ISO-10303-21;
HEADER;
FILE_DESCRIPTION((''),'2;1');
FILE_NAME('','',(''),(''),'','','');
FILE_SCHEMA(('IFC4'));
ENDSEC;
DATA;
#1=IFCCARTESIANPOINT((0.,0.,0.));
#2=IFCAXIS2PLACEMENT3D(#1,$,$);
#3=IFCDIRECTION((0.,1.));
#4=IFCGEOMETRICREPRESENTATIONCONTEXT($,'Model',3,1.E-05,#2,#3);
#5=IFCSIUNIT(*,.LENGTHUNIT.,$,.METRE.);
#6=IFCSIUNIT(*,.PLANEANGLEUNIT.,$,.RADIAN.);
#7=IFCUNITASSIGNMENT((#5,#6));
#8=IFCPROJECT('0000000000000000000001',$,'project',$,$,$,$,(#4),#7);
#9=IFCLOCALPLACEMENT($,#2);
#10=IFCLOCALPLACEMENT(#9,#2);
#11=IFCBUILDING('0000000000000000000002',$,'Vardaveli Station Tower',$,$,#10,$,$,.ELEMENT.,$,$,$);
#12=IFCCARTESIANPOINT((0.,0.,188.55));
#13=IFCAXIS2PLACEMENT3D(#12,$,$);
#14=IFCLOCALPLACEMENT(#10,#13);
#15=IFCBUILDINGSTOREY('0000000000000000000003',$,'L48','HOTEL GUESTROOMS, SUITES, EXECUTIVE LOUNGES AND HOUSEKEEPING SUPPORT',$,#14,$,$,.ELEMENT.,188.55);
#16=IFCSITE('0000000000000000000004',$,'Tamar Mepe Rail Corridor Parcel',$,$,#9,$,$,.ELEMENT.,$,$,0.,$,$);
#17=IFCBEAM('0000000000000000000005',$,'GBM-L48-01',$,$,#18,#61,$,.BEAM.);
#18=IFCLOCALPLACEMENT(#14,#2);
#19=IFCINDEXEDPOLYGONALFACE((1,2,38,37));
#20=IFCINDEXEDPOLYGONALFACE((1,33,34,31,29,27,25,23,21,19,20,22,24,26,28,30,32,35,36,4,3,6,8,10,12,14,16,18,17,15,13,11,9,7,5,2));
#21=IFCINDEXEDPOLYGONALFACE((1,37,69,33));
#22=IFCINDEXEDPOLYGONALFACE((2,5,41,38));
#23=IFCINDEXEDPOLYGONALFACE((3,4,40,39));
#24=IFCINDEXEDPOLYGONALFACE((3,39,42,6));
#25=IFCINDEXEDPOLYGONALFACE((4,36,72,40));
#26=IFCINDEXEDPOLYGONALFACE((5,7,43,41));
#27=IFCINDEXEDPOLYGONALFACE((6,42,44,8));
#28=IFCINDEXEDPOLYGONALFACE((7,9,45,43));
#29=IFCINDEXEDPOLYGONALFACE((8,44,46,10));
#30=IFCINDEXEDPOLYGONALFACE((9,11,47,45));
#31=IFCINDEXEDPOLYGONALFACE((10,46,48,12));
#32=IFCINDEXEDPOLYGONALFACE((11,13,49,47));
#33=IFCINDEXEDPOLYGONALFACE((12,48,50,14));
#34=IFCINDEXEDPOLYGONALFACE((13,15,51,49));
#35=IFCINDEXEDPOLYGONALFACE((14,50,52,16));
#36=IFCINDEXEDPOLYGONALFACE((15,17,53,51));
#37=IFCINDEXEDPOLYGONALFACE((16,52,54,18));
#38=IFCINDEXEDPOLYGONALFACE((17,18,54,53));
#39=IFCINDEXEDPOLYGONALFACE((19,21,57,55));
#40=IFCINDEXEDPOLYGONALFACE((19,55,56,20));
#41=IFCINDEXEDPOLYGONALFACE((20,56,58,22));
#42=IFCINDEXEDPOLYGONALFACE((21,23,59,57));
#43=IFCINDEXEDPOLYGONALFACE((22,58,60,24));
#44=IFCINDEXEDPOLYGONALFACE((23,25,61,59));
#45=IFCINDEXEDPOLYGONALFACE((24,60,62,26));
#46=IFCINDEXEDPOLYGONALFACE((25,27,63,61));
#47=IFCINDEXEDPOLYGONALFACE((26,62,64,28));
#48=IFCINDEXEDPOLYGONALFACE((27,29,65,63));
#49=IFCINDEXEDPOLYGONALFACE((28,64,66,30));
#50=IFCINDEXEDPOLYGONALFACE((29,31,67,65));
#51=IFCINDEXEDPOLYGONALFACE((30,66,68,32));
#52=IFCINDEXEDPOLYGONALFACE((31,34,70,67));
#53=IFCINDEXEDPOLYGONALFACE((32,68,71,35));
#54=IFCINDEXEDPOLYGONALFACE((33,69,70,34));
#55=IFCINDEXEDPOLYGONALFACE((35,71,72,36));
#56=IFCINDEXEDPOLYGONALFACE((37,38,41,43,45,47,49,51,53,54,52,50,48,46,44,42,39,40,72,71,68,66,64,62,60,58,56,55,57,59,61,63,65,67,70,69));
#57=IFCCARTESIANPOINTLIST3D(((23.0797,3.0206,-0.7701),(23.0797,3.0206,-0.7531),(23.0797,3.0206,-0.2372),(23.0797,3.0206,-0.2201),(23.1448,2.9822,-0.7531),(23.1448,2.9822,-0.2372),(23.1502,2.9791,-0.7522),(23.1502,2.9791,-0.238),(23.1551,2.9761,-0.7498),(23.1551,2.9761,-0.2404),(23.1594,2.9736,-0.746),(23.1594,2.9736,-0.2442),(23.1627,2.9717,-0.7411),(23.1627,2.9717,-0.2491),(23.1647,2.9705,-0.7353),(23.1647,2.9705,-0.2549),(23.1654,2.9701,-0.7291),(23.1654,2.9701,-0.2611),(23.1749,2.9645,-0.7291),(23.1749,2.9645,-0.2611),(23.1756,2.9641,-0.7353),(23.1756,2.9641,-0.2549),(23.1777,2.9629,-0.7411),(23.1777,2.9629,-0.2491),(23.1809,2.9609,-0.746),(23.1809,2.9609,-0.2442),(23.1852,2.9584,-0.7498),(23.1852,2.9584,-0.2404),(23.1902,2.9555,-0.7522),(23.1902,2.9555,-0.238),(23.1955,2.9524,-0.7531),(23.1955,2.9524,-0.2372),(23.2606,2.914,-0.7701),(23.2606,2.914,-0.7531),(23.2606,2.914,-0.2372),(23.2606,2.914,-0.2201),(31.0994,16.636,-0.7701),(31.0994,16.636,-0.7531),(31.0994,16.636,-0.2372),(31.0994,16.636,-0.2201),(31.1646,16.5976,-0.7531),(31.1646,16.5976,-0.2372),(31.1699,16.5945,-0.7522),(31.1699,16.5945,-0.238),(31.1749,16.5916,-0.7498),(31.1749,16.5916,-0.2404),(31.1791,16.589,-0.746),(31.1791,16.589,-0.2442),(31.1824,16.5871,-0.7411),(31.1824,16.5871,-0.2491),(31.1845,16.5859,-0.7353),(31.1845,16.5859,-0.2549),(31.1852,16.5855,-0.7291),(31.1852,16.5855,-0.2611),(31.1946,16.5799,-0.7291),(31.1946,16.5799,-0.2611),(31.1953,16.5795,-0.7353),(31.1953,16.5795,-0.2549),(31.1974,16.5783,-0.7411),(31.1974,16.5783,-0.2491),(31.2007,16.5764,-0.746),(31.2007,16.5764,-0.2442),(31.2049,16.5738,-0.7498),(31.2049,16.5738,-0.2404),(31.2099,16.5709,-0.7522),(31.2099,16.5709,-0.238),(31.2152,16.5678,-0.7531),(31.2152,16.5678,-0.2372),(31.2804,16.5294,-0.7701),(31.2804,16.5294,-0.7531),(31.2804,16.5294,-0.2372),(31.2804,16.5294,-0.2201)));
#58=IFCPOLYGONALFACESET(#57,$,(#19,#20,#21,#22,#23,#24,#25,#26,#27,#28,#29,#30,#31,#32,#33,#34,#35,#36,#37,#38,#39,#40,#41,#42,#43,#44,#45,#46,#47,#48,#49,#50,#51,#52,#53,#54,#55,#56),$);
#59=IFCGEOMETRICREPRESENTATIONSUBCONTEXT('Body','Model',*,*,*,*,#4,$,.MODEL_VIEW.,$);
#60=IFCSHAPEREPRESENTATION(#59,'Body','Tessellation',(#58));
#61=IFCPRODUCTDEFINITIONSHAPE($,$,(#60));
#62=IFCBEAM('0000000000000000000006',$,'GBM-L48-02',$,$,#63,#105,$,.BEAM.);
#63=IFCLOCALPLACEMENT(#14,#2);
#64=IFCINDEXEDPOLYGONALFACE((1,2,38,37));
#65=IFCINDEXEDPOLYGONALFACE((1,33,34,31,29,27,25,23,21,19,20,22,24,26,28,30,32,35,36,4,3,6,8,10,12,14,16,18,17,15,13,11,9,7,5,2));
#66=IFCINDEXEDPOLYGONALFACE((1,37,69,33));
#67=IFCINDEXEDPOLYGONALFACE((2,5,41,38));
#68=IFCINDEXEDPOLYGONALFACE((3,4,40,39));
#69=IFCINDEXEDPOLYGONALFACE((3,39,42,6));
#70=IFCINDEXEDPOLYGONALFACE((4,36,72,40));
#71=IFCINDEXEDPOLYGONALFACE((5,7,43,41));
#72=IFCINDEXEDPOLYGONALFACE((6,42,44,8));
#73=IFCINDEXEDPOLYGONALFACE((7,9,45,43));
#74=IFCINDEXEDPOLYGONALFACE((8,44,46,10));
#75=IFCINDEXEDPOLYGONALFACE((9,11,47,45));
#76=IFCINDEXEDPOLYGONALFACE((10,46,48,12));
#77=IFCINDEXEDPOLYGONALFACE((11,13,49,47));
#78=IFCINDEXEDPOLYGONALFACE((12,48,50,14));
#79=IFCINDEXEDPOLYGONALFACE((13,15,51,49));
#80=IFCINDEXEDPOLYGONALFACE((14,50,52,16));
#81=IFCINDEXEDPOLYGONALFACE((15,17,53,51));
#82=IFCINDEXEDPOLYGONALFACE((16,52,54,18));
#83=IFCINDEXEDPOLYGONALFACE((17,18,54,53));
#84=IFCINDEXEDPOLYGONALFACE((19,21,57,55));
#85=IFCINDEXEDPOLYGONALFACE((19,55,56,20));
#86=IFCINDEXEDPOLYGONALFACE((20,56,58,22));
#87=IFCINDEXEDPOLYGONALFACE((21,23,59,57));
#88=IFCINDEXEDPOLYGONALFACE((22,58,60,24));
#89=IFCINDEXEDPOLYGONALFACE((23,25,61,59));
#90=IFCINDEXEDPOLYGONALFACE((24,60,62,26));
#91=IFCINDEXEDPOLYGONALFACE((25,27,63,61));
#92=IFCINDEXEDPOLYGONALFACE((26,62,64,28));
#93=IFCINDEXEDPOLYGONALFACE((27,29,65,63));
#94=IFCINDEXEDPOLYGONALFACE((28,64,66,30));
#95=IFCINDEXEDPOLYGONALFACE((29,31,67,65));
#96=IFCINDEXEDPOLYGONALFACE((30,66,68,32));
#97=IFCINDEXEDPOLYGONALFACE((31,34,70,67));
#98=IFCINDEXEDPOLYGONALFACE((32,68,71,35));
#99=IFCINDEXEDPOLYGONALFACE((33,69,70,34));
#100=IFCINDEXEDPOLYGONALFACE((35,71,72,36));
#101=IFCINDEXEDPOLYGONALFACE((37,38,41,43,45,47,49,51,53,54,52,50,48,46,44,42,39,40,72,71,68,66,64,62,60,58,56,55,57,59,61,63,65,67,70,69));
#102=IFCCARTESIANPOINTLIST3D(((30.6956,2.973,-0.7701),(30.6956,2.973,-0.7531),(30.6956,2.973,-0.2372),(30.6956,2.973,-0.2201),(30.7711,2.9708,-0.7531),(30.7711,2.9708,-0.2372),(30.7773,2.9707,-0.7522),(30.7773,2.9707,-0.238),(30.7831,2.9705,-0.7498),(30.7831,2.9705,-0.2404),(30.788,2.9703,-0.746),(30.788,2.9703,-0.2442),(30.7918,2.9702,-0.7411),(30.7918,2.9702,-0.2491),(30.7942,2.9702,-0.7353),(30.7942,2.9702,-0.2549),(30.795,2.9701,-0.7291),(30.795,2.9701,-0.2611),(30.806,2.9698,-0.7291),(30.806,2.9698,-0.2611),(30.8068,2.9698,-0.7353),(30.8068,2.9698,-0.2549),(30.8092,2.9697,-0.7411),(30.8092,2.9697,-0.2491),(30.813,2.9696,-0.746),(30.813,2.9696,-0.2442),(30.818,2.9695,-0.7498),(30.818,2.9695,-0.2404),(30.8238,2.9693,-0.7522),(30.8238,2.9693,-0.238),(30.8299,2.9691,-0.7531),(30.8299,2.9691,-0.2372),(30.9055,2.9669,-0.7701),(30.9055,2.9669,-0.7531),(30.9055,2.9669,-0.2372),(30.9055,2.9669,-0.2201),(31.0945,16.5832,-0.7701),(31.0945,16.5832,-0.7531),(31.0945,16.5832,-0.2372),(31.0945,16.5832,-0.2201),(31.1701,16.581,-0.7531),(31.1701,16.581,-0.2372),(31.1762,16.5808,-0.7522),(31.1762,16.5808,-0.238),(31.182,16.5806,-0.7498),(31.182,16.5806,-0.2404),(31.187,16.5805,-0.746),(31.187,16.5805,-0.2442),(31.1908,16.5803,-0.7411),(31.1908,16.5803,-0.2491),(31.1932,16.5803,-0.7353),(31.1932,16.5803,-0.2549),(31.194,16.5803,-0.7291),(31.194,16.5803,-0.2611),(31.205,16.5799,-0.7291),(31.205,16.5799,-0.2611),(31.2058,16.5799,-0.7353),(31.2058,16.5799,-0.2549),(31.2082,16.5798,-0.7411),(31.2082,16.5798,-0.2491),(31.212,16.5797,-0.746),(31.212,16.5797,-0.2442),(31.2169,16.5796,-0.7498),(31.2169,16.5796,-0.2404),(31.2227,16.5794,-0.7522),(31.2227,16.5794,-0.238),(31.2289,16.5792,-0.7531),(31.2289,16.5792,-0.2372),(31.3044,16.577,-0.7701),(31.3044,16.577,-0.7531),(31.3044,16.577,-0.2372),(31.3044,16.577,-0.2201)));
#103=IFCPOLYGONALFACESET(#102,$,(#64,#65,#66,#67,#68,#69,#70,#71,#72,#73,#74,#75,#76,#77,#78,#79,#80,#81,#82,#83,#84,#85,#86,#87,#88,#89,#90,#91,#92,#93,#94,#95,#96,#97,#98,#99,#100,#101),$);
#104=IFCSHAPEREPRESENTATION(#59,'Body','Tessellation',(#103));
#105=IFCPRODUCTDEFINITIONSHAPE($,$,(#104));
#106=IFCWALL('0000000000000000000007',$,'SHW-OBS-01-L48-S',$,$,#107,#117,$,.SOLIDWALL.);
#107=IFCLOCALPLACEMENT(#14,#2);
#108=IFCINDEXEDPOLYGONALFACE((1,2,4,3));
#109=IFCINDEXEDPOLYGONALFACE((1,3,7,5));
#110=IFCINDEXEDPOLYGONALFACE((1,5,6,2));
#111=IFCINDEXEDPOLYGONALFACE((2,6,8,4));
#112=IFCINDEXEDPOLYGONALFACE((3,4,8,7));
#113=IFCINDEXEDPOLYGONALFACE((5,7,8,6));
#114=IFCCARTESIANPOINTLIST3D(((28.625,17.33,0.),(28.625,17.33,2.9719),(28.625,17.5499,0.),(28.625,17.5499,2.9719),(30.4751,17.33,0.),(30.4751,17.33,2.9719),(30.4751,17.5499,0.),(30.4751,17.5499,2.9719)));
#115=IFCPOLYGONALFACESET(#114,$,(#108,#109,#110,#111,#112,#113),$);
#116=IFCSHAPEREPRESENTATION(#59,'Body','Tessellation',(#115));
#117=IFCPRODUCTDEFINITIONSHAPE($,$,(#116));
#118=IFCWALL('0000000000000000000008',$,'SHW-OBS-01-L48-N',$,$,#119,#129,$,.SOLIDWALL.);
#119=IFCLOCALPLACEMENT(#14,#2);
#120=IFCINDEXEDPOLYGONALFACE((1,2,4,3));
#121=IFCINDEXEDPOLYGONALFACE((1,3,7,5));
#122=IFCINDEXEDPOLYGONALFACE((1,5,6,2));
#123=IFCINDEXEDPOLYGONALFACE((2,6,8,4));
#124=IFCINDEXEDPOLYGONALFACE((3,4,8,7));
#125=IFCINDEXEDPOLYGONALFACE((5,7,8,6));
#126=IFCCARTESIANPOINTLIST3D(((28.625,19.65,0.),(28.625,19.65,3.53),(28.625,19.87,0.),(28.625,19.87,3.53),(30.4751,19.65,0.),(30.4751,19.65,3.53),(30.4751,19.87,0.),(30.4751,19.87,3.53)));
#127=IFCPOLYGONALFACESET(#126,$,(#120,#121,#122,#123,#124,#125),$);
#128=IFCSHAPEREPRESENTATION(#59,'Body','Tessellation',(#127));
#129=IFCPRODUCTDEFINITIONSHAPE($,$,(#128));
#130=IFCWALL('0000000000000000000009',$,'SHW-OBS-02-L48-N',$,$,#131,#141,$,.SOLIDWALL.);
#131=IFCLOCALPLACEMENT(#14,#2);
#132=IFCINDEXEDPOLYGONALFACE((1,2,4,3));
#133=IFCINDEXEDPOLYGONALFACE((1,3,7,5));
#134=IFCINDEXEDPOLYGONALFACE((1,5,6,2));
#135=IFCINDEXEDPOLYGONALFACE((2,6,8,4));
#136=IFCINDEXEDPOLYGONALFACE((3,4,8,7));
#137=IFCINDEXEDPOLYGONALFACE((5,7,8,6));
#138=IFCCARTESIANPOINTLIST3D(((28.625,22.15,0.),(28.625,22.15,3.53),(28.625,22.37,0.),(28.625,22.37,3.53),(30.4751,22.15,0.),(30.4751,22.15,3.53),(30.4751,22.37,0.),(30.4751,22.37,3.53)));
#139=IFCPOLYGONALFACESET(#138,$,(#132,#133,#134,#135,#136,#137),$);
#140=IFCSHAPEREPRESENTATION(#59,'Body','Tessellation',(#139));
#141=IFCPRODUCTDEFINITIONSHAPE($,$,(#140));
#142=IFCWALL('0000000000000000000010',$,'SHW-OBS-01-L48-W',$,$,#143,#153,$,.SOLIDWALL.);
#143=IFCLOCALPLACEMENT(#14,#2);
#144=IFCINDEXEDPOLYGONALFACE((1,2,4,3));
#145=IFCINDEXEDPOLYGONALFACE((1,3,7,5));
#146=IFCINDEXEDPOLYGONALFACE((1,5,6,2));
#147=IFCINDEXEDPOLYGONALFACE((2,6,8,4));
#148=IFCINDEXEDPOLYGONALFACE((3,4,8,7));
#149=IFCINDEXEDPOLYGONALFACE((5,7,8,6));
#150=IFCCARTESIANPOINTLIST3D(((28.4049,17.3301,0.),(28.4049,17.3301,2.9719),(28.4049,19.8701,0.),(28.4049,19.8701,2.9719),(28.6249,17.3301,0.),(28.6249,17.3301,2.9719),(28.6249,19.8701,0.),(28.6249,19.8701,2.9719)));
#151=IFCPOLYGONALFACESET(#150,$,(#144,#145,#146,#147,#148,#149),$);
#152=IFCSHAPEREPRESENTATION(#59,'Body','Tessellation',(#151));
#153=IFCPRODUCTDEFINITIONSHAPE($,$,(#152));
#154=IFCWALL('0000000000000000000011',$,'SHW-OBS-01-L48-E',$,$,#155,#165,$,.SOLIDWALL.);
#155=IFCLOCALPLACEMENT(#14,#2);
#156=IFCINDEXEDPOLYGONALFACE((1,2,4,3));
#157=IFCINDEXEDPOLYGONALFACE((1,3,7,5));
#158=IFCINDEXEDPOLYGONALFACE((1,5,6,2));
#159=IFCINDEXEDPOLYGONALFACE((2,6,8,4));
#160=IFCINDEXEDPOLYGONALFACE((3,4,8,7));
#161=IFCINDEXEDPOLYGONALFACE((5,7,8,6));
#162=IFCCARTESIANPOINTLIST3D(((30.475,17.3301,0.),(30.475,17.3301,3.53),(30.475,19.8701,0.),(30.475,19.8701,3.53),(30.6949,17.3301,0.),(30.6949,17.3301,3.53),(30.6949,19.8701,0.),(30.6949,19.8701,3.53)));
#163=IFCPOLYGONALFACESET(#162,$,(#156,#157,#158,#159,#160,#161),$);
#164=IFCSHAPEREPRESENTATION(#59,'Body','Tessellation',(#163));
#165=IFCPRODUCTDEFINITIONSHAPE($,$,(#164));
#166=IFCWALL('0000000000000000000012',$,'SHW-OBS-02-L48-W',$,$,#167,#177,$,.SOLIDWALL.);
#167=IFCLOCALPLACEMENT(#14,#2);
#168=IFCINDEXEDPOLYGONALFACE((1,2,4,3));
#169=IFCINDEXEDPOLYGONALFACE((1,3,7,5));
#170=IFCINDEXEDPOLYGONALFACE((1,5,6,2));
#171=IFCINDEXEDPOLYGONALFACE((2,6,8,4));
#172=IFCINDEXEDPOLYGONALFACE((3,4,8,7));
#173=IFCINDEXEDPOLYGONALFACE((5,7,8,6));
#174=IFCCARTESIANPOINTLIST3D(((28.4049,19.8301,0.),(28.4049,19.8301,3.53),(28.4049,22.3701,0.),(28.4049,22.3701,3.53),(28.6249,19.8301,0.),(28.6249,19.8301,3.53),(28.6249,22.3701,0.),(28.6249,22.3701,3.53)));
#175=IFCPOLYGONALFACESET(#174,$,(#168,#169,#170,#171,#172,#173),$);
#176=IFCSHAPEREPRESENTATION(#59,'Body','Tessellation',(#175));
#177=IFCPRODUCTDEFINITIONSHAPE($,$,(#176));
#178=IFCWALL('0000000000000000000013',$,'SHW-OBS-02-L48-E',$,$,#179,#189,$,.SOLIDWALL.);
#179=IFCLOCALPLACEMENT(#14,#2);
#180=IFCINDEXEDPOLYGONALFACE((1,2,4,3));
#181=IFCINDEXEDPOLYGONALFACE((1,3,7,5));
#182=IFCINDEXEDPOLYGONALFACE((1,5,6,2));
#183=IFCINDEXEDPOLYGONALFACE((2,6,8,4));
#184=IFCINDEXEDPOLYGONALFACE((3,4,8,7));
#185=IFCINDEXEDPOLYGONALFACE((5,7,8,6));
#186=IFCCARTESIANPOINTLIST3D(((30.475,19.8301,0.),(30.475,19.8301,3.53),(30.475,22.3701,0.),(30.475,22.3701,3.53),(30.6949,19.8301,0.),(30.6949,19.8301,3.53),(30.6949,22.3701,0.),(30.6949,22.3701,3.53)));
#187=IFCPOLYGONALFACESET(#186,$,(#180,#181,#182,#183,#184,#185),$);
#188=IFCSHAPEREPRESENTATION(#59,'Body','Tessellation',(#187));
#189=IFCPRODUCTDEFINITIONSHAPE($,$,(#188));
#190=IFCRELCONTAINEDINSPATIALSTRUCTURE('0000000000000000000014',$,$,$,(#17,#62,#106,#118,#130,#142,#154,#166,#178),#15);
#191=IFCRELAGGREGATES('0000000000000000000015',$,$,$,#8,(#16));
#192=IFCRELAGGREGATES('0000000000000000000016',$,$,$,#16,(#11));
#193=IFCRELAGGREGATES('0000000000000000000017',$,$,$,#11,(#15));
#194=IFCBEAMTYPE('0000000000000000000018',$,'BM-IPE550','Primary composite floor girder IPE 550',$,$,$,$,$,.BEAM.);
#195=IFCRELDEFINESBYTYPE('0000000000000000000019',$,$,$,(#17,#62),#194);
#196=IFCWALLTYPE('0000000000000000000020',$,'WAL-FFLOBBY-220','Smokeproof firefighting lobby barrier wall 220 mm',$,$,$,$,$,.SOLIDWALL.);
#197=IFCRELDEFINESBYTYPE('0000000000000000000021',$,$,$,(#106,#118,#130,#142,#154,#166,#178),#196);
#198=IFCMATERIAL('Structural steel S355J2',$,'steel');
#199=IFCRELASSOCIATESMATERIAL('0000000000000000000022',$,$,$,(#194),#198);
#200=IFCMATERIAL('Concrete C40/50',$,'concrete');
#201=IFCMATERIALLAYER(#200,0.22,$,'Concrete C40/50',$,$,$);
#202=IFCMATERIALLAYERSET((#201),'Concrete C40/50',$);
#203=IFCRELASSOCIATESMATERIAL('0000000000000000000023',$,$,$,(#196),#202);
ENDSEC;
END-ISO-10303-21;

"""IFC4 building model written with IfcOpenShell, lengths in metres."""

from ifc_helpers import new_model, si_unit, direction, frame, frame_2d, origin, origin_2d, place, context, subcontext, project, spatial, rectangle, i_section, extrude, source, transform, mapped, material, layer, layer_set, material_profile, profile_set, type_object, element, save


model = new_model("IFC4")

# Units and contexts
model_context = context("Model", 3, precision=1e-05, world=origin(), true_north=direction((0.0, 1.0)))
body_context = subcontext(model_context, "Body", "Model", "MODEL_VIEW")
ifc_project = project(units=[si_unit("LENGTHUNIT", "METRE"), si_unit("PLANEANGLEUNIT", "RADIAN")], contexts=[model_context])

# Site, building, storey
site_placement = place(None, origin())
site = spatial("IfcSite", under=ifc_project, at=site_placement, Name="Tamar Mepe Rail Corridor Parcel", CompositionType="ELEMENT", RefElevation=0.0)
building_placement = place(site_placement, origin())
building = spatial("IfcBuilding", under=site, at=building_placement, Name="Vardaveli Station Tower", CompositionType="ELEMENT")
storey_placement = place(building_placement, frame((0.0, 0.0, 188.55)))
storey = spatial("IfcBuildingStorey", under=building, at=storey_placement, Name="L48", Description="HOTEL GUESTROOMS, SUITES, EXECUTIVE LOUNGES AND HOUSEKEEPING SUPPORT", CompositionType="ELEMENT", Elevation=188.55)

# Beams
ifc_material_1 = material(Name="Structural steel S355J2", Category="steel")
ifc_material_profile_1 = material_profile(ifc_material_1, i_section(OverallWidth=0.21, OverallDepth=0.55, WebThickness=0.011, FlangeThickness=0.0171, FilletRadius=0.0239, at=origin_2d()), Name="IPE 550")
ifc_profile_set_1 = profile_set([ifc_material_profile_1], Name="Structural steel S355J2")
beam_type_1 = type_object("IfcBeamType", Name="BM-IPE550", Description="Primary composite floor girder IPE 550", PredefinedType="BEAM", material=ifc_profile_set_1)
shared_shape_1 = source(origin(), body_context, "Body", "SweptSolid", [
    extrude(i_section(OverallWidth=0.21, OverallDepth=0.55, WebThickness=0.011, FlangeThickness=0.0171, FilletRadius=0.0239, at=origin_2d()), origin(), (0.0, 0.0, 1.0), 15.8018),
])
beam_1_placement = place(storey_placement, frame((23.1702, 2.9673, -0.4951), z_axis=(0.507522, 0.861639, 0.0), x_axis=(-0.861639, 0.507522, 0.0)))
element("IfcBeam", 1, at=beam_1_placement, inside=storey, type_object=beam_type_1, Name="GBM-L48-01", PredefinedType="BEAM", context=body_context, shape_type="MappedRepresentation", body=[
    mapped(shared_shape_1, transform((0.0, 0.0, 0.0), scale=1.0)),
])
shared_shape_2 = source(origin(), body_context, "Body", "SweptSolid", [
    extrude(i_section(OverallWidth=0.21, OverallDepth=0.55, WebThickness=0.011, FlangeThickness=0.0171, FilletRadius=0.0239, at=origin_2d()), origin(), (0.0, 0.0, 1.0), 13.616),
])
beam_2_placement = place(storey_placement, frame((30.8005, 2.97, -0.4951), z_axis=(0.029298, 0.999571, 0.0), x_axis=(-0.999571, 0.029298, 0.0)))
element("IfcBeam", 2, at=beam_2_placement, inside=storey, type_object=beam_type_1, Name="GBM-L48-02", PredefinedType="BEAM", context=body_context, shape_type="MappedRepresentation", body=[
    mapped(shared_shape_2, transform((0.0, 0.0, 0.0), scale=1.0)),
])

# Walls
ifc_material_2 = material(Name="Concrete C40/50", Category="concrete")
ifc_layer_1 = layer(ifc_material_2, 0.22, Name="Concrete C40/50")
ifc_layer_set_1 = layer_set([ifc_layer_1], Name="Concrete C40/50")
wall_type_1 = type_object("IfcWallType", Name="WAL-FFLOBBY-220", Description="Smokeproof firefighting lobby barrier wall 220 mm", PredefinedType="SOLIDWALL", material=ifc_layer_set_1)
shared_shape_3 = source(origin(), body_context, "Body", "SweptSolid", [
    extrude(rectangle(XDim=1.8501, YDim=0.22, at=frame_2d((0.925, 0.0))), origin(), (0.0, 0.0, 1.0), 2.9719),
])
wall_1_placement = place(storey_placement, frame((28.625, 17.4399, 0.0), z_axis=(0.0, 0.0, 1.0), x_axis=(1.0, 0.0, 0.0)))
element("IfcWall", 3, at=wall_1_placement, inside=storey, type_object=wall_type_1, Name="SHW-OBS-01-L48-S", PredefinedType="SOLIDWALL", context=body_context, shape_type="MappedRepresentation", body=[
    mapped(shared_shape_3, transform((0.0, 0.0, 0.0), scale=1.0)),
])
shared_shape_4 = source(origin(), body_context, "Body", "SweptSolid", [
    extrude(rectangle(XDim=1.8501, YDim=0.22, at=frame_2d((0.925, 0.0))), origin(), (0.0, 0.0, 1.0), 3.53),
])
for number, where, z_axis, x_axis, name in (
    (4, (28.625, 19.76, 0.0), (0.0, 0.0, 1.0), (1.0, 0.0, 0.0), "SHW-OBS-01-L48-N"),
    (5, (28.625, 22.26, 0.0), (0.0, 0.0, 1.0), (1.0, 0.0, 0.0), "SHW-OBS-02-L48-N"),
):
    element("IfcWall", number, at=place(storey_placement, frame(where, z_axis=z_axis, x_axis=x_axis)), inside=storey, type_object=wall_type_1, Name=name, PredefinedType="SOLIDWALL", context=body_context, shape_type="MappedRepresentation", body=[
        mapped(shared_shape_4, transform((0.0, 0.0, 0.0), scale=1.0)),
    ])
shared_shape_5 = source(origin(), body_context, "Body", "SweptSolid", [
    extrude(rectangle(XDim=2.54, YDim=0.22, at=frame_2d((1.27, 0.0))), origin(), (0.0, 0.0, 1.0), 2.9719),
])
wall_2_placement = place(storey_placement, frame((28.5149, 17.3301, 0.0), z_axis=(0.0, 0.0, 1.0), x_axis=(0.0, 1.0, 0.0)))
element("IfcWall", 6, at=wall_2_placement, inside=storey, type_object=wall_type_1, Name="SHW-OBS-01-L48-W", PredefinedType="SOLIDWALL", context=body_context, shape_type="MappedRepresentation", body=[
    mapped(shared_shape_5, transform((0.0, 0.0, 0.0), scale=1.0)),
])
shared_shape_6 = source(origin(), body_context, "Body", "SweptSolid", [
    extrude(rectangle(XDim=2.54, YDim=0.22, at=frame_2d((1.27, 0.0))), origin(), (0.0, 0.0, 1.0), 3.53),
])
for number, where, z_axis, x_axis, name in (
    (7, (30.585, 17.3301, 0.0), (0.0, 0.0, 1.0), (0.0, 1.0, 0.0), "SHW-OBS-01-L48-E"),
    (8, (28.5149, 19.8301, 0.0), (0.0, 0.0, 1.0), (0.0, 1.0, 0.0), "SHW-OBS-02-L48-W"),
    (9, (30.585, 19.8301, 0.0), (0.0, 0.0, 1.0), (0.0, 1.0, 0.0), "SHW-OBS-02-L48-E"),
):
    element("IfcWall", number, at=place(storey_placement, frame(where, z_axis=z_axis, x_axis=x_axis)), inside=storey, type_object=wall_type_1, Name=name, PredefinedType="SOLIDWALL", context=body_context, shape_type="MappedRepresentation", body=[
        mapped(shared_shape_6, transform((0.0, 0.0, 0.0), scale=1.0)),
    ])

save(model, "model.ifc")
